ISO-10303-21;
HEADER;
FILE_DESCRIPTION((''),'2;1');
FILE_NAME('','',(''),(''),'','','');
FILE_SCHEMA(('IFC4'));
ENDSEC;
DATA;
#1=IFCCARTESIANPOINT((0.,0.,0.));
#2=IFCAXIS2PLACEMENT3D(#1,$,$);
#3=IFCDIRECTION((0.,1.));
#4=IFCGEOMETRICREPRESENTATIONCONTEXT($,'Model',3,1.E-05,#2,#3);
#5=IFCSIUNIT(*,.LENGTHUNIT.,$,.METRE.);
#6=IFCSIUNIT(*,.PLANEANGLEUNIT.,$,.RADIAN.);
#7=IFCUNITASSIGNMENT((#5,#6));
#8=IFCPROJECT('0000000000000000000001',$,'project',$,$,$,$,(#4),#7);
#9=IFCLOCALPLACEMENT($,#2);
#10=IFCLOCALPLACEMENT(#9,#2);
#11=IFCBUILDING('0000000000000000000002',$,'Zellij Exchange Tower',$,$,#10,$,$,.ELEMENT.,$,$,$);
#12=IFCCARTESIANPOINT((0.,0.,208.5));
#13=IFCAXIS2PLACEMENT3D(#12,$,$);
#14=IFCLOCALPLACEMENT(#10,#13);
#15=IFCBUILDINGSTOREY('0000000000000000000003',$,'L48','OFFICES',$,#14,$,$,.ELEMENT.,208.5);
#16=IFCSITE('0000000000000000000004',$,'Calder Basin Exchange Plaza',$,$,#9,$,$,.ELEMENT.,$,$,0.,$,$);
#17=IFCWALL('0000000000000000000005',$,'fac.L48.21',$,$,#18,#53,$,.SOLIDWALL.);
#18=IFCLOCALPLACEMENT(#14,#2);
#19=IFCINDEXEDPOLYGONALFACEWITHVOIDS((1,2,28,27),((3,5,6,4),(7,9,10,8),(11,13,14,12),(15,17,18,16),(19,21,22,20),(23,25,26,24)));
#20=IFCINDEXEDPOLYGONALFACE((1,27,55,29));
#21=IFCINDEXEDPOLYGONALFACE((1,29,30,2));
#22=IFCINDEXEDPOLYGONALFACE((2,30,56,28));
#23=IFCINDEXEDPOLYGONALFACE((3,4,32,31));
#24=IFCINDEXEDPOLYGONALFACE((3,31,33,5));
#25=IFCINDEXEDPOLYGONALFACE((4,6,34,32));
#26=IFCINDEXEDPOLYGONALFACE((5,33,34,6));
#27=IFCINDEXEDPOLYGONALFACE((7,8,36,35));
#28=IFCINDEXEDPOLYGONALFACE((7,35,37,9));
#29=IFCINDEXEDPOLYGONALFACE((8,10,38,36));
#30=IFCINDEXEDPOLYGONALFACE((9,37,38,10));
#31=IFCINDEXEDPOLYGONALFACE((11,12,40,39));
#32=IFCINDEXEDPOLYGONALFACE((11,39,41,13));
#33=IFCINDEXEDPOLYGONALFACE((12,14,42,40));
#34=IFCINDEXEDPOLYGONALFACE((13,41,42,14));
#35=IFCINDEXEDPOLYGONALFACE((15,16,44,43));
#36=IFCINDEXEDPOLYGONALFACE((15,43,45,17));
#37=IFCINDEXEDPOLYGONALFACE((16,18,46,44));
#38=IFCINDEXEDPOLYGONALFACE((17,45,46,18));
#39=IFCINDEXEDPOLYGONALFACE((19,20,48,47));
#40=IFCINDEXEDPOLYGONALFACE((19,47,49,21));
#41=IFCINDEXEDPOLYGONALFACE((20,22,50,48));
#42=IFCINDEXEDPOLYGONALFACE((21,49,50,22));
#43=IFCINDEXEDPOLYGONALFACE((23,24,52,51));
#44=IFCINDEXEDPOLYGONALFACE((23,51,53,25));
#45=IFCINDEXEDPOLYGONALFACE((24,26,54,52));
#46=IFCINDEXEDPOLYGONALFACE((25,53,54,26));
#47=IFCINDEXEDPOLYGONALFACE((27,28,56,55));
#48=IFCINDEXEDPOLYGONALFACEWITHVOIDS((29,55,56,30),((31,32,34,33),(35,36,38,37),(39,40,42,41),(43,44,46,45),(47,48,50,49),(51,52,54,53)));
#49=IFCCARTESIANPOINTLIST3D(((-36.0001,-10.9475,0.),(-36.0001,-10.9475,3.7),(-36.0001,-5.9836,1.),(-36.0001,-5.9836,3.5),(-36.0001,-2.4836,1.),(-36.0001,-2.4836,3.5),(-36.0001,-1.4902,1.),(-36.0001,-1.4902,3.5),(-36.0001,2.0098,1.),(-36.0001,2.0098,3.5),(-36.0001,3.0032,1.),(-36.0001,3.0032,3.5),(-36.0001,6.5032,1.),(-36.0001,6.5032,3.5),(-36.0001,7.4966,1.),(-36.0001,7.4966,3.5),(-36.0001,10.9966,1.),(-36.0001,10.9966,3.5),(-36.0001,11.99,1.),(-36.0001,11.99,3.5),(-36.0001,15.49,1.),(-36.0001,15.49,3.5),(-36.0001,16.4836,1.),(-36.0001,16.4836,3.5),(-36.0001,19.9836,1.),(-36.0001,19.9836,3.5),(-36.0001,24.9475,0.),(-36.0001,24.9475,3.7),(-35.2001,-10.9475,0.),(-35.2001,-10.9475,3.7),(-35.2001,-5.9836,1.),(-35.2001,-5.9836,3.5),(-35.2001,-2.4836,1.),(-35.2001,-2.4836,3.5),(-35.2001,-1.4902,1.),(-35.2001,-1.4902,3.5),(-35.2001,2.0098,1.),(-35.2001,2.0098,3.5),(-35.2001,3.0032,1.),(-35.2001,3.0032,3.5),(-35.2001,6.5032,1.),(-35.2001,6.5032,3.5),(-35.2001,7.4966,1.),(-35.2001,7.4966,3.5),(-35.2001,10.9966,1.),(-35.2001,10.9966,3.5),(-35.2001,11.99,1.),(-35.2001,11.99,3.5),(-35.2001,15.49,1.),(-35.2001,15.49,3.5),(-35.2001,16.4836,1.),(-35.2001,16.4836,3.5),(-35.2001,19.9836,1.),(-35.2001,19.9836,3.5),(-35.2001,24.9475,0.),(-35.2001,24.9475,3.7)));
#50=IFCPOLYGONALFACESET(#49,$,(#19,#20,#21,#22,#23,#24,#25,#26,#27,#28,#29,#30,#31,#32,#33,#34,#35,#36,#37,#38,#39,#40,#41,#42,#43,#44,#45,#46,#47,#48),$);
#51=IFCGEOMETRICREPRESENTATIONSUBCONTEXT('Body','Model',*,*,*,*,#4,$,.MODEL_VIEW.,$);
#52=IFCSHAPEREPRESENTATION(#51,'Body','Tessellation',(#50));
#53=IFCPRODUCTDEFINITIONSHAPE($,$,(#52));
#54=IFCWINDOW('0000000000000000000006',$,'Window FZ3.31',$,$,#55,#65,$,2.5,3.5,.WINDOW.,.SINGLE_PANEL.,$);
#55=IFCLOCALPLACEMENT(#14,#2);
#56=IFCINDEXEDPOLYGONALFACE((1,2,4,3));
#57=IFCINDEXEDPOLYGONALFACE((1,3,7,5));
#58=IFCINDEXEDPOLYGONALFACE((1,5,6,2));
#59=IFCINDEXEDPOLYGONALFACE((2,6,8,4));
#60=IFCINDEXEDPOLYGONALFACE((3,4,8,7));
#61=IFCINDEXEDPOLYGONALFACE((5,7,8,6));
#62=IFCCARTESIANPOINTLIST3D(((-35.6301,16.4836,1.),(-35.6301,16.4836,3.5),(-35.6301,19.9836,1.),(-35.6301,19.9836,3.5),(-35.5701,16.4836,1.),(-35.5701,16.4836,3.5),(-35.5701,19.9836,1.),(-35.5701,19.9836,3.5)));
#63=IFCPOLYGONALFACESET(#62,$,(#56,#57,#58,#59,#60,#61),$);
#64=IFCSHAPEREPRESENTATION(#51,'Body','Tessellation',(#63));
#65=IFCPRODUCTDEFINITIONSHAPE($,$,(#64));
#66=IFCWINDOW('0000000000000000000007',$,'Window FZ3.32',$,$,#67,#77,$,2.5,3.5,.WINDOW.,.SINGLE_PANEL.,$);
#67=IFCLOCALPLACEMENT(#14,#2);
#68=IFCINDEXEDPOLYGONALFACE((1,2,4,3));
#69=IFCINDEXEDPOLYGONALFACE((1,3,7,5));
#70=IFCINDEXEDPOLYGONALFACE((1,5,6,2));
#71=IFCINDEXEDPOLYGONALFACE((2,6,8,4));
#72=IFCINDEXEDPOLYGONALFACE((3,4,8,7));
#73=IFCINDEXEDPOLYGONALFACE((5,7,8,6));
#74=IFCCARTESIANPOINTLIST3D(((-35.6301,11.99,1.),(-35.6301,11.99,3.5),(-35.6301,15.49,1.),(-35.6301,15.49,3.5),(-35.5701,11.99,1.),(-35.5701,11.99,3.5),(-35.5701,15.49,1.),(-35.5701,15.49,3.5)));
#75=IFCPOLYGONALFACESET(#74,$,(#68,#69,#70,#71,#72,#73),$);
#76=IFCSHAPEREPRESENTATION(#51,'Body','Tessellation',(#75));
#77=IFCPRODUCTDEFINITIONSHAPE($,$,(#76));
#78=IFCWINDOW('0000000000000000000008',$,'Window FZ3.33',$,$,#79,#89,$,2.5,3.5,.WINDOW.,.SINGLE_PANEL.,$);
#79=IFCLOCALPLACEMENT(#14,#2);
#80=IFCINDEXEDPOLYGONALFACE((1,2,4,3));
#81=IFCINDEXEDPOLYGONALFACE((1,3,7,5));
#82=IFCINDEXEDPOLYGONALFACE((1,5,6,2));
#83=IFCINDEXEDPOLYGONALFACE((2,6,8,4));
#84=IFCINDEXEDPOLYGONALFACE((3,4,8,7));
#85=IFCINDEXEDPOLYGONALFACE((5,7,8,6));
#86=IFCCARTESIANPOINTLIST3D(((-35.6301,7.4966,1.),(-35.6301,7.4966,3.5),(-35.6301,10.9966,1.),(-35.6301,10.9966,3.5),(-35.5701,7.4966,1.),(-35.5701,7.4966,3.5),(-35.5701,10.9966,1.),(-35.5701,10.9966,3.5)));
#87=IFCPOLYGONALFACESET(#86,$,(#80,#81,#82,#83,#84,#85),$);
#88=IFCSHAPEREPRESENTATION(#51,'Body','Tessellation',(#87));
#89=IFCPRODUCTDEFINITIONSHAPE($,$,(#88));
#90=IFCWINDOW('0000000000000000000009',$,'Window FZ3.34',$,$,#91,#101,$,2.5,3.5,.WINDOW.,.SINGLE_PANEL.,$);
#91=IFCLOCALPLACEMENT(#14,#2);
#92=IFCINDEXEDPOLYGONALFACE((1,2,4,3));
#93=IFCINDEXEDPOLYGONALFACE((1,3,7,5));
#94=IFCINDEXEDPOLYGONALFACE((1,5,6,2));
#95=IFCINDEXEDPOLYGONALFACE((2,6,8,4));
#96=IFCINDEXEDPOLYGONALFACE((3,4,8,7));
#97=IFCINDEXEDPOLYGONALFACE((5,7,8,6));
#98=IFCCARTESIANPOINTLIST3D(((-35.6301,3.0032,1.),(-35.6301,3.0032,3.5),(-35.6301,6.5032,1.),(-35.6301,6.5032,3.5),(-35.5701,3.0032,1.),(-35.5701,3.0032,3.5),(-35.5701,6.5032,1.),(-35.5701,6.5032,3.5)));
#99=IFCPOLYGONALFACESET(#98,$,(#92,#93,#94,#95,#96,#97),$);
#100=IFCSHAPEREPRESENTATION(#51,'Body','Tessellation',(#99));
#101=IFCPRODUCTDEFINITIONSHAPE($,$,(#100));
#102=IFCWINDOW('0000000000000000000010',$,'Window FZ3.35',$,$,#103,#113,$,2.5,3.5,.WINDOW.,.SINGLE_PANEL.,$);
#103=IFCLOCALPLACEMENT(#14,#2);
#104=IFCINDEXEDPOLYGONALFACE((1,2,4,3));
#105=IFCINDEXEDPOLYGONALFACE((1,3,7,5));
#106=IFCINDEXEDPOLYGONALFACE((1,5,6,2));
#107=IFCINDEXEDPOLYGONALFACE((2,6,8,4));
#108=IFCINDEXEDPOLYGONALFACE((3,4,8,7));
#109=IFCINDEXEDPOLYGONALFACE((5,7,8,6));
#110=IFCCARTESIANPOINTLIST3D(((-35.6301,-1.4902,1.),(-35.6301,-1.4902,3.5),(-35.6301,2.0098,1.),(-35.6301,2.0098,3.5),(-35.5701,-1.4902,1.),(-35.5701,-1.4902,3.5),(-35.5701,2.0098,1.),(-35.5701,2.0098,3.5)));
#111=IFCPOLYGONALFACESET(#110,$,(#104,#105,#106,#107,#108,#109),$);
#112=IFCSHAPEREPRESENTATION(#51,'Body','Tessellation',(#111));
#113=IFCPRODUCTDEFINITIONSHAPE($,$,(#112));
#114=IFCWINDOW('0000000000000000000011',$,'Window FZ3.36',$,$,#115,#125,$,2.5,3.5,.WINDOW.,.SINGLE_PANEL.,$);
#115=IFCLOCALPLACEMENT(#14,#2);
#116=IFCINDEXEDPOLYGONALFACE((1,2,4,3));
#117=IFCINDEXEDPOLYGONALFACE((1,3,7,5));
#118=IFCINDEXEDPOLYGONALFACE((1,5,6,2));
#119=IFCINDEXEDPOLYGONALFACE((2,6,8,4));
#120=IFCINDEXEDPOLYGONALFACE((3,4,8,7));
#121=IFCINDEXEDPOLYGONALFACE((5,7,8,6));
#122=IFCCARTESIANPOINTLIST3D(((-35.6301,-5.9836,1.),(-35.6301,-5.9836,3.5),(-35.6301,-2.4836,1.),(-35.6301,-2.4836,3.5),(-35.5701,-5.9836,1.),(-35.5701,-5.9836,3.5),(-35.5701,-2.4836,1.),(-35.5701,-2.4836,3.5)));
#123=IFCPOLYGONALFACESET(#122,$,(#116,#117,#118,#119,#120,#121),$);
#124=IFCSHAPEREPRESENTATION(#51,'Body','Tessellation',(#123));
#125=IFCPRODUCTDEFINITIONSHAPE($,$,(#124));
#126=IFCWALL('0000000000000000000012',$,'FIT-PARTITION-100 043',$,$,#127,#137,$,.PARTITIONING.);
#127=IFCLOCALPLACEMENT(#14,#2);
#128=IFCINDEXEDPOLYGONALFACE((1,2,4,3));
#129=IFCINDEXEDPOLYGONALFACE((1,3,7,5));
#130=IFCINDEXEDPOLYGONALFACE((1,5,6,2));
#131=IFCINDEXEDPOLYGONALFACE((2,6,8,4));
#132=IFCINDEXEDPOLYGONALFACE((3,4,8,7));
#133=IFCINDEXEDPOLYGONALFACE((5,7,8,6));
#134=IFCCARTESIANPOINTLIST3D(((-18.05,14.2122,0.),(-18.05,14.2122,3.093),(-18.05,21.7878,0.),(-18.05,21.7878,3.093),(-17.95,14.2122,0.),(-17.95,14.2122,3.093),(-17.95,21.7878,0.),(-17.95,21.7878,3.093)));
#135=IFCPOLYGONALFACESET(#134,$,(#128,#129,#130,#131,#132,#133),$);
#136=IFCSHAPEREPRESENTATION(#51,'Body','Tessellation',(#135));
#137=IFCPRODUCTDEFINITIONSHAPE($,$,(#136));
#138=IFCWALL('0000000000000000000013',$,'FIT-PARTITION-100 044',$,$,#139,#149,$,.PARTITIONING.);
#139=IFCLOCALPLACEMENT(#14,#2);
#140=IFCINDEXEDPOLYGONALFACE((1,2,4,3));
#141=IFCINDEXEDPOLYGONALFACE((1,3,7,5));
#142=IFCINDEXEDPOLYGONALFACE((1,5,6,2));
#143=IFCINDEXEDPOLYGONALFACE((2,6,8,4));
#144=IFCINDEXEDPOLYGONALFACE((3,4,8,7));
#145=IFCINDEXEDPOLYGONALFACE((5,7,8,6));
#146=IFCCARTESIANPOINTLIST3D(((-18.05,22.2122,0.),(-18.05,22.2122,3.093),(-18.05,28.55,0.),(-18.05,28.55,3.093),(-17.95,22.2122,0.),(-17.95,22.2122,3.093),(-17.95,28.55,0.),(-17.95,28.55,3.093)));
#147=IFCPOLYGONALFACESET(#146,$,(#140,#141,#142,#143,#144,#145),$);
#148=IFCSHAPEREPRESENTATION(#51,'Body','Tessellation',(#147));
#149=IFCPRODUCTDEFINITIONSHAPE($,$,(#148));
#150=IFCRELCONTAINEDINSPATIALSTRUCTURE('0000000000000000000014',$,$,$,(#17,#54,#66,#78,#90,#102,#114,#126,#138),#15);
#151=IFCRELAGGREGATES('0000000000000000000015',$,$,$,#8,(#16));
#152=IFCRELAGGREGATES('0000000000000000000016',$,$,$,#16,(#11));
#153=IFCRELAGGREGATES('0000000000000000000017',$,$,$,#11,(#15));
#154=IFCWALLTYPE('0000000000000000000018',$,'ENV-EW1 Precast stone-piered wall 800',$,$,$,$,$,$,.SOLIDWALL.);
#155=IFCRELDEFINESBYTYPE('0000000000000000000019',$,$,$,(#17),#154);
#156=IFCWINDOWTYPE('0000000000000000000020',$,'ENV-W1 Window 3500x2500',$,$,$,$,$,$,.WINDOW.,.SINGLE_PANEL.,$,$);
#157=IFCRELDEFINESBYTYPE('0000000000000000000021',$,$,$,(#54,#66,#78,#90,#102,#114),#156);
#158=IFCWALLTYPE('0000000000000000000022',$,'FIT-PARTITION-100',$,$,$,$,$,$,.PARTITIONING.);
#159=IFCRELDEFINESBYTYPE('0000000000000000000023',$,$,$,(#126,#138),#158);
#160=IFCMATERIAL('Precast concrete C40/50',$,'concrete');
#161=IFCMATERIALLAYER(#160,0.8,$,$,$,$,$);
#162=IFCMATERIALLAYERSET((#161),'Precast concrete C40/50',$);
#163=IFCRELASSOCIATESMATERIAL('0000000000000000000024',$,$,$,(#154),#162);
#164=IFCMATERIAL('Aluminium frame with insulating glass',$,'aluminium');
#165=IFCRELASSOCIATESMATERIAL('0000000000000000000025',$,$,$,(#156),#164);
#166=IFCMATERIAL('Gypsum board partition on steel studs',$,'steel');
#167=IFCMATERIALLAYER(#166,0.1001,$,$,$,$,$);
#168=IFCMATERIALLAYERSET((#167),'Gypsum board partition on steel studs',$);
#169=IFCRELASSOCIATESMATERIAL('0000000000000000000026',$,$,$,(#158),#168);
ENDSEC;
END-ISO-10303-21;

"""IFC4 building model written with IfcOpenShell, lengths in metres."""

from ifc_helpers import new_model, si_unit, direction, frame, frame_2d, origin, place, context, subcontext, project, spatial, rectangle, extrude, material, layer, layer_set, type_object, element, fill, save


model = new_model("IFC4")

# Units and contexts
model_context = context("Model", 3, precision=1e-05, world=origin(), true_north=direction((0.0, 1.0)))
body_context = subcontext(model_context, "Body", "Model", "MODEL_VIEW")
ifc_project = project(units=[si_unit("LENGTHUNIT", "METRE"), si_unit("PLANEANGLEUNIT", "RADIAN")], contexts=[model_context])

# Site, building, storey
site_placement = place(None, origin())
site = spatial("IfcSite", under=ifc_project, at=site_placement, Name="Calder Basin Exchange Plaza", CompositionType="ELEMENT", RefElevation=0.0)
building_placement = place(site_placement, origin())
building = spatial("IfcBuilding", under=site, at=building_placement, Name="Zellij Exchange Tower", CompositionType="ELEMENT")
storey_placement = place(building_placement, frame((0.0, 0.0, 208.5)))
storey = spatial("IfcBuildingStorey", under=building, at=storey_placement, Name="L48", Description="OFFICES", CompositionType="ELEMENT", Elevation=208.5)

# Shared definitions
ifc_material_1 = material(Name="Precast concrete C40/50", Category="concrete")
ifc_layer_1 = layer(ifc_material_1, 0.8)
ifc_layer_set_1 = layer_set([ifc_layer_1], Name="Precast concrete C40/50")
wall_type_1 = type_object("IfcWallType", Name="ENV-EW1 Precast stone-piered wall 800", PredefinedType="SOLIDWALL", material=ifc_layer_set_1)

# Wall, openings, windows
wall_1_placement = place(storey_placement, frame((-35.6001, 24.9475, 0.0), z_axis=(0.0, 0.0, 1.0), x_axis=(0.0, -1.0, 0.0)))
wall_1 = element("IfcWall", 1, at=wall_1_placement, inside=storey, type_object=wall_type_1, Name="fac.L48.21", PredefinedType="SOLIDWALL", context=body_context, shape_type="SweptSolid", body=[
    extrude(rectangle(XDim=35.895, YDim=0.8, at=frame_2d((17.9475, 0.0))), origin(), (0.0, 0.0, 1.0), 3.7),
])
opening_1_placement = place(wall_1_placement, frame((4.9639, 0.0, 1.0)))
opening_1 = element("IfcOpeningElement", 2, at=opening_1_placement, cuts=wall_1, PredefinedType="OPENING", context=body_context, shape_type="SweptSolid", body=[
    extrude(rectangle(XDim=3.5, YDim=2.5, at=frame_2d((1.75, 1.25))), frame((0.0, 0.4121, 0.0), z_axis=(0.0, -1.0, 0.0), x_axis=(1.0, 0.0, 0.0)), (0.0, 0.0, 1.0), 0.824),
])
opening_2_placement = place(wall_1_placement, frame((9.4575, 0.0, 1.0)))
opening_2 = element("IfcOpeningElement", 3, at=opening_2_placement, cuts=wall_1, PredefinedType="OPENING", context=body_context, shape_type="SweptSolid", body=[
    extrude(rectangle(XDim=3.5, YDim=2.5, at=frame_2d((1.75, 1.25))), frame((0.0, 0.4121, 0.0), z_axis=(0.0, -1.0, 0.0), x_axis=(1.0, 0.0, 0.0)), (0.0, 0.0, 1.0), 0.824),
])
opening_3_placement = place(wall_1_placement, frame((13.9509, 0.0, 1.0)))
opening_3 = element("IfcOpeningElement", 4, at=opening_3_placement, cuts=wall_1, PredefinedType="OPENING", context=body_context, shape_type="SweptSolid", body=[
    extrude(rectangle(XDim=3.5, YDim=2.5, at=frame_2d((1.75, 1.25))), frame((0.0, 0.4121, 0.0), z_axis=(0.0, -1.0, 0.0), x_axis=(1.0, 0.0, 0.0)), (0.0, 0.0, 1.0), 0.824),
])
opening_4_placement = place(wall_1_placement, frame((18.4443, 0.0, 1.0)))
opening_4 = element("IfcOpeningElement", 5, at=opening_4_placement, cuts=wall_1, PredefinedType="OPENING", context=body_context, shape_type="SweptSolid", body=[
    extrude(rectangle(XDim=3.5, YDim=2.5, at=frame_2d((1.75, 1.25))), frame((0.0, 0.4121, 0.0), z_axis=(0.0, -1.0, 0.0), x_axis=(1.0, 0.0, 0.0)), (0.0, 0.0, 1.0), 0.824),
])
opening_5_placement = place(wall_1_placement, frame((22.9377, 0.0, 1.0)))
opening_5 = element("IfcOpeningElement", 6, at=opening_5_placement, cuts=wall_1, PredefinedType="OPENING", context=body_context, shape_type="SweptSolid", body=[
    extrude(rectangle(XDim=3.5, YDim=2.5, at=frame_2d((1.75, 1.25))), frame((0.0, 0.4121, 0.0), z_axis=(0.0, -1.0, 0.0), x_axis=(1.0, 0.0, 0.0)), (0.0, 0.0, 1.0), 0.824),
])
opening_6_placement = place(wall_1_placement, frame((27.4312, 0.0, 1.0)))
opening_6 = element("IfcOpeningElement", 7, at=opening_6_placement, cuts=wall_1, PredefinedType="OPENING", context=body_context, shape_type="SweptSolid", body=[
    extrude(rectangle(XDim=3.5, YDim=2.5, at=frame_2d((1.75, 1.25))), frame((0.0, 0.4121, 0.0), z_axis=(0.0, -1.0, 0.0), x_axis=(1.0, 0.0, 0.0)), (0.0, 0.0, 1.0), 0.824),
])
ifc_material_2 = material(Name="Aluminium frame with insulating glass", Category="aluminium")
window_type = type_object("IfcWindowType", Name="ENV-W1 Window 3500x2500", PartitioningType="SINGLE_PANEL", PredefinedType="WINDOW", material=ifc_material_2)
window_1_placement = place(opening_1_placement, origin())
window_1 = element("IfcWindow", 8, at=window_1_placement, inside=storey, type_object=window_type, Name="Window FZ3.31", OverallHeight=2.5, OverallWidth=3.5, PartitioningType="SINGLE_PANEL", PredefinedType="WINDOW", context=body_context, shape_type="SweptSolid", body=[
    extrude(rectangle(XDim=3.5, YDim=2.5, at=frame_2d((1.75, 1.25))), frame((0.0, 0.03, 0.0), z_axis=(0.0, -1.0, 0.0), x_axis=(1.0, 0.0, 0.0)), (0.0, 0.0, 1.0), 0.0601),
])
fill(opening_1, window_1)
window_2_placement = place(opening_2_placement, origin())
window_2 = element("IfcWindow", 9, at=window_2_placement, inside=storey, type_object=window_type, Name="Window FZ3.32", OverallHeight=2.5, OverallWidth=3.5, PartitioningType="SINGLE_PANEL", PredefinedType="WINDOW", context=body_context, shape_type="SweptSolid", body=[
    extrude(rectangle(XDim=3.5, YDim=2.5, at=frame_2d((1.75, 1.25))), frame((0.0, 0.03, 0.0), z_axis=(0.0, -1.0, 0.0), x_axis=(1.0, 0.0, 0.0)), (0.0, 0.0, 1.0), 0.0601),
])
fill(opening_2, window_2)
window_3_placement = place(opening_3_placement, origin())
window_3 = element("IfcWindow", 10, at=window_3_placement, inside=storey, type_object=window_type, Name="Window FZ3.33", OverallHeight=2.5, OverallWidth=3.5, PartitioningType="SINGLE_PANEL", PredefinedType="WINDOW", context=body_context, shape_type="SweptSolid", body=[
    extrude(rectangle(XDim=3.5, YDim=2.5, at=frame_2d((1.75, 1.25))), frame((0.0, 0.03, 0.0), z_axis=(0.0, -1.0, 0.0), x_axis=(1.0, 0.0, 0.0)), (0.0, 0.0, 1.0), 0.0601),
])
fill(opening_3, window_3)
window_4_placement = place(opening_4_placement, origin())
window_4 = element("IfcWindow", 11, at=window_4_placement, inside=storey, type_object=window_type, Name="Window FZ3.34", OverallHeight=2.5, OverallWidth=3.5, PartitioningType="SINGLE_PANEL", PredefinedType="WINDOW", context=body_context, shape_type="SweptSolid", body=[
    extrude(rectangle(XDim=3.5, YDim=2.5, at=frame_2d((1.75, 1.25))), frame((0.0, 0.03, 0.0), z_axis=(0.0, -1.0, 0.0), x_axis=(1.0, 0.0, 0.0)), (0.0, 0.0, 1.0), 0.0601),
])
fill(opening_4, window_4)
window_5_placement = place(opening_5_placement, origin())
window_5 = element("IfcWindow", 12, at=window_5_placement, inside=storey, type_object=window_type, Name="Window FZ3.35", OverallHeight=2.5, OverallWidth=3.5, PartitioningType="SINGLE_PANEL", PredefinedType="WINDOW", context=body_context, shape_type="SweptSolid", body=[
    extrude(rectangle(XDim=3.5, YDim=2.5, at=frame_2d((1.75, 1.25))), frame((0.0, 0.03, 0.0), z_axis=(0.0, -1.0, 0.0), x_axis=(1.0, 0.0, 0.0)), (0.0, 0.0, 1.0), 0.0601),
])
fill(opening_5, window_5)
window_6_placement = place(opening_6_placement, origin())
window_6 = element("IfcWindow", 13, at=window_6_placement, inside=storey, type_object=window_type, Name="Window FZ3.36", OverallHeight=2.5, OverallWidth=3.5, PartitioningType="SINGLE_PANEL", PredefinedType="WINDOW", context=body_context, shape_type="SweptSolid", body=[
    extrude(rectangle(XDim=3.5, YDim=2.5, at=frame_2d((1.75, 1.25))), frame((0.0, 0.03, 0.0), z_axis=(0.0, -1.0, 0.0), x_axis=(1.0, 0.0, 0.0)), (0.0, 0.0, 1.0), 0.0601),
])
fill(opening_6, window_6)

# Walls
ifc_material_3 = material(Name="Gypsum board partition on steel studs", Category="steel")
ifc_layer_2 = layer(ifc_material_3, 0.1001)
ifc_layer_set_2 = layer_set([ifc_layer_2], Name="Gypsum board partition on steel studs")
wall_type_2 = type_object("IfcWallType", Name="FIT-PARTITION-100", PredefinedType="PARTITIONING", material=ifc_layer_set_2)
wall_2_placement = place(storey_placement, frame((-18.0, 14.2122, 0.0), z_axis=(0.0, 0.0, 1.0), x_axis=(0.0, 1.0, 0.0)))
element("IfcWall", 14, at=wall_2_placement, inside=storey, type_object=wall_type_2, Name="FIT-PARTITION-100 043", PredefinedType="PARTITIONING", context=body_context, shape_type="SweptSolid", body=[
    extrude(rectangle(XDim=7.5757, YDim=0.1001, at=frame_2d((3.7878, 0.0))), origin(), (0.0, 0.0, 1.0), 3.093),
])
wall_3_placement = place(storey_placement, frame((-18.0, 22.2122, 0.0), z_axis=(0.0, 0.0, 1.0), x_axis=(0.0, 1.0, 0.0)))
element("IfcWall", 15, at=wall_3_placement, inside=storey, type_object=wall_type_2, Name="FIT-PARTITION-100 044", PredefinedType="PARTITIONING", context=body_context, shape_type="SweptSolid", body=[
    extrude(rectangle(XDim=6.3379, YDim=0.1001, at=frame_2d((3.1689, 0.0))), origin(), (0.0, 0.0, 1.0), 3.093),
])

save(model, "model.ifc")
